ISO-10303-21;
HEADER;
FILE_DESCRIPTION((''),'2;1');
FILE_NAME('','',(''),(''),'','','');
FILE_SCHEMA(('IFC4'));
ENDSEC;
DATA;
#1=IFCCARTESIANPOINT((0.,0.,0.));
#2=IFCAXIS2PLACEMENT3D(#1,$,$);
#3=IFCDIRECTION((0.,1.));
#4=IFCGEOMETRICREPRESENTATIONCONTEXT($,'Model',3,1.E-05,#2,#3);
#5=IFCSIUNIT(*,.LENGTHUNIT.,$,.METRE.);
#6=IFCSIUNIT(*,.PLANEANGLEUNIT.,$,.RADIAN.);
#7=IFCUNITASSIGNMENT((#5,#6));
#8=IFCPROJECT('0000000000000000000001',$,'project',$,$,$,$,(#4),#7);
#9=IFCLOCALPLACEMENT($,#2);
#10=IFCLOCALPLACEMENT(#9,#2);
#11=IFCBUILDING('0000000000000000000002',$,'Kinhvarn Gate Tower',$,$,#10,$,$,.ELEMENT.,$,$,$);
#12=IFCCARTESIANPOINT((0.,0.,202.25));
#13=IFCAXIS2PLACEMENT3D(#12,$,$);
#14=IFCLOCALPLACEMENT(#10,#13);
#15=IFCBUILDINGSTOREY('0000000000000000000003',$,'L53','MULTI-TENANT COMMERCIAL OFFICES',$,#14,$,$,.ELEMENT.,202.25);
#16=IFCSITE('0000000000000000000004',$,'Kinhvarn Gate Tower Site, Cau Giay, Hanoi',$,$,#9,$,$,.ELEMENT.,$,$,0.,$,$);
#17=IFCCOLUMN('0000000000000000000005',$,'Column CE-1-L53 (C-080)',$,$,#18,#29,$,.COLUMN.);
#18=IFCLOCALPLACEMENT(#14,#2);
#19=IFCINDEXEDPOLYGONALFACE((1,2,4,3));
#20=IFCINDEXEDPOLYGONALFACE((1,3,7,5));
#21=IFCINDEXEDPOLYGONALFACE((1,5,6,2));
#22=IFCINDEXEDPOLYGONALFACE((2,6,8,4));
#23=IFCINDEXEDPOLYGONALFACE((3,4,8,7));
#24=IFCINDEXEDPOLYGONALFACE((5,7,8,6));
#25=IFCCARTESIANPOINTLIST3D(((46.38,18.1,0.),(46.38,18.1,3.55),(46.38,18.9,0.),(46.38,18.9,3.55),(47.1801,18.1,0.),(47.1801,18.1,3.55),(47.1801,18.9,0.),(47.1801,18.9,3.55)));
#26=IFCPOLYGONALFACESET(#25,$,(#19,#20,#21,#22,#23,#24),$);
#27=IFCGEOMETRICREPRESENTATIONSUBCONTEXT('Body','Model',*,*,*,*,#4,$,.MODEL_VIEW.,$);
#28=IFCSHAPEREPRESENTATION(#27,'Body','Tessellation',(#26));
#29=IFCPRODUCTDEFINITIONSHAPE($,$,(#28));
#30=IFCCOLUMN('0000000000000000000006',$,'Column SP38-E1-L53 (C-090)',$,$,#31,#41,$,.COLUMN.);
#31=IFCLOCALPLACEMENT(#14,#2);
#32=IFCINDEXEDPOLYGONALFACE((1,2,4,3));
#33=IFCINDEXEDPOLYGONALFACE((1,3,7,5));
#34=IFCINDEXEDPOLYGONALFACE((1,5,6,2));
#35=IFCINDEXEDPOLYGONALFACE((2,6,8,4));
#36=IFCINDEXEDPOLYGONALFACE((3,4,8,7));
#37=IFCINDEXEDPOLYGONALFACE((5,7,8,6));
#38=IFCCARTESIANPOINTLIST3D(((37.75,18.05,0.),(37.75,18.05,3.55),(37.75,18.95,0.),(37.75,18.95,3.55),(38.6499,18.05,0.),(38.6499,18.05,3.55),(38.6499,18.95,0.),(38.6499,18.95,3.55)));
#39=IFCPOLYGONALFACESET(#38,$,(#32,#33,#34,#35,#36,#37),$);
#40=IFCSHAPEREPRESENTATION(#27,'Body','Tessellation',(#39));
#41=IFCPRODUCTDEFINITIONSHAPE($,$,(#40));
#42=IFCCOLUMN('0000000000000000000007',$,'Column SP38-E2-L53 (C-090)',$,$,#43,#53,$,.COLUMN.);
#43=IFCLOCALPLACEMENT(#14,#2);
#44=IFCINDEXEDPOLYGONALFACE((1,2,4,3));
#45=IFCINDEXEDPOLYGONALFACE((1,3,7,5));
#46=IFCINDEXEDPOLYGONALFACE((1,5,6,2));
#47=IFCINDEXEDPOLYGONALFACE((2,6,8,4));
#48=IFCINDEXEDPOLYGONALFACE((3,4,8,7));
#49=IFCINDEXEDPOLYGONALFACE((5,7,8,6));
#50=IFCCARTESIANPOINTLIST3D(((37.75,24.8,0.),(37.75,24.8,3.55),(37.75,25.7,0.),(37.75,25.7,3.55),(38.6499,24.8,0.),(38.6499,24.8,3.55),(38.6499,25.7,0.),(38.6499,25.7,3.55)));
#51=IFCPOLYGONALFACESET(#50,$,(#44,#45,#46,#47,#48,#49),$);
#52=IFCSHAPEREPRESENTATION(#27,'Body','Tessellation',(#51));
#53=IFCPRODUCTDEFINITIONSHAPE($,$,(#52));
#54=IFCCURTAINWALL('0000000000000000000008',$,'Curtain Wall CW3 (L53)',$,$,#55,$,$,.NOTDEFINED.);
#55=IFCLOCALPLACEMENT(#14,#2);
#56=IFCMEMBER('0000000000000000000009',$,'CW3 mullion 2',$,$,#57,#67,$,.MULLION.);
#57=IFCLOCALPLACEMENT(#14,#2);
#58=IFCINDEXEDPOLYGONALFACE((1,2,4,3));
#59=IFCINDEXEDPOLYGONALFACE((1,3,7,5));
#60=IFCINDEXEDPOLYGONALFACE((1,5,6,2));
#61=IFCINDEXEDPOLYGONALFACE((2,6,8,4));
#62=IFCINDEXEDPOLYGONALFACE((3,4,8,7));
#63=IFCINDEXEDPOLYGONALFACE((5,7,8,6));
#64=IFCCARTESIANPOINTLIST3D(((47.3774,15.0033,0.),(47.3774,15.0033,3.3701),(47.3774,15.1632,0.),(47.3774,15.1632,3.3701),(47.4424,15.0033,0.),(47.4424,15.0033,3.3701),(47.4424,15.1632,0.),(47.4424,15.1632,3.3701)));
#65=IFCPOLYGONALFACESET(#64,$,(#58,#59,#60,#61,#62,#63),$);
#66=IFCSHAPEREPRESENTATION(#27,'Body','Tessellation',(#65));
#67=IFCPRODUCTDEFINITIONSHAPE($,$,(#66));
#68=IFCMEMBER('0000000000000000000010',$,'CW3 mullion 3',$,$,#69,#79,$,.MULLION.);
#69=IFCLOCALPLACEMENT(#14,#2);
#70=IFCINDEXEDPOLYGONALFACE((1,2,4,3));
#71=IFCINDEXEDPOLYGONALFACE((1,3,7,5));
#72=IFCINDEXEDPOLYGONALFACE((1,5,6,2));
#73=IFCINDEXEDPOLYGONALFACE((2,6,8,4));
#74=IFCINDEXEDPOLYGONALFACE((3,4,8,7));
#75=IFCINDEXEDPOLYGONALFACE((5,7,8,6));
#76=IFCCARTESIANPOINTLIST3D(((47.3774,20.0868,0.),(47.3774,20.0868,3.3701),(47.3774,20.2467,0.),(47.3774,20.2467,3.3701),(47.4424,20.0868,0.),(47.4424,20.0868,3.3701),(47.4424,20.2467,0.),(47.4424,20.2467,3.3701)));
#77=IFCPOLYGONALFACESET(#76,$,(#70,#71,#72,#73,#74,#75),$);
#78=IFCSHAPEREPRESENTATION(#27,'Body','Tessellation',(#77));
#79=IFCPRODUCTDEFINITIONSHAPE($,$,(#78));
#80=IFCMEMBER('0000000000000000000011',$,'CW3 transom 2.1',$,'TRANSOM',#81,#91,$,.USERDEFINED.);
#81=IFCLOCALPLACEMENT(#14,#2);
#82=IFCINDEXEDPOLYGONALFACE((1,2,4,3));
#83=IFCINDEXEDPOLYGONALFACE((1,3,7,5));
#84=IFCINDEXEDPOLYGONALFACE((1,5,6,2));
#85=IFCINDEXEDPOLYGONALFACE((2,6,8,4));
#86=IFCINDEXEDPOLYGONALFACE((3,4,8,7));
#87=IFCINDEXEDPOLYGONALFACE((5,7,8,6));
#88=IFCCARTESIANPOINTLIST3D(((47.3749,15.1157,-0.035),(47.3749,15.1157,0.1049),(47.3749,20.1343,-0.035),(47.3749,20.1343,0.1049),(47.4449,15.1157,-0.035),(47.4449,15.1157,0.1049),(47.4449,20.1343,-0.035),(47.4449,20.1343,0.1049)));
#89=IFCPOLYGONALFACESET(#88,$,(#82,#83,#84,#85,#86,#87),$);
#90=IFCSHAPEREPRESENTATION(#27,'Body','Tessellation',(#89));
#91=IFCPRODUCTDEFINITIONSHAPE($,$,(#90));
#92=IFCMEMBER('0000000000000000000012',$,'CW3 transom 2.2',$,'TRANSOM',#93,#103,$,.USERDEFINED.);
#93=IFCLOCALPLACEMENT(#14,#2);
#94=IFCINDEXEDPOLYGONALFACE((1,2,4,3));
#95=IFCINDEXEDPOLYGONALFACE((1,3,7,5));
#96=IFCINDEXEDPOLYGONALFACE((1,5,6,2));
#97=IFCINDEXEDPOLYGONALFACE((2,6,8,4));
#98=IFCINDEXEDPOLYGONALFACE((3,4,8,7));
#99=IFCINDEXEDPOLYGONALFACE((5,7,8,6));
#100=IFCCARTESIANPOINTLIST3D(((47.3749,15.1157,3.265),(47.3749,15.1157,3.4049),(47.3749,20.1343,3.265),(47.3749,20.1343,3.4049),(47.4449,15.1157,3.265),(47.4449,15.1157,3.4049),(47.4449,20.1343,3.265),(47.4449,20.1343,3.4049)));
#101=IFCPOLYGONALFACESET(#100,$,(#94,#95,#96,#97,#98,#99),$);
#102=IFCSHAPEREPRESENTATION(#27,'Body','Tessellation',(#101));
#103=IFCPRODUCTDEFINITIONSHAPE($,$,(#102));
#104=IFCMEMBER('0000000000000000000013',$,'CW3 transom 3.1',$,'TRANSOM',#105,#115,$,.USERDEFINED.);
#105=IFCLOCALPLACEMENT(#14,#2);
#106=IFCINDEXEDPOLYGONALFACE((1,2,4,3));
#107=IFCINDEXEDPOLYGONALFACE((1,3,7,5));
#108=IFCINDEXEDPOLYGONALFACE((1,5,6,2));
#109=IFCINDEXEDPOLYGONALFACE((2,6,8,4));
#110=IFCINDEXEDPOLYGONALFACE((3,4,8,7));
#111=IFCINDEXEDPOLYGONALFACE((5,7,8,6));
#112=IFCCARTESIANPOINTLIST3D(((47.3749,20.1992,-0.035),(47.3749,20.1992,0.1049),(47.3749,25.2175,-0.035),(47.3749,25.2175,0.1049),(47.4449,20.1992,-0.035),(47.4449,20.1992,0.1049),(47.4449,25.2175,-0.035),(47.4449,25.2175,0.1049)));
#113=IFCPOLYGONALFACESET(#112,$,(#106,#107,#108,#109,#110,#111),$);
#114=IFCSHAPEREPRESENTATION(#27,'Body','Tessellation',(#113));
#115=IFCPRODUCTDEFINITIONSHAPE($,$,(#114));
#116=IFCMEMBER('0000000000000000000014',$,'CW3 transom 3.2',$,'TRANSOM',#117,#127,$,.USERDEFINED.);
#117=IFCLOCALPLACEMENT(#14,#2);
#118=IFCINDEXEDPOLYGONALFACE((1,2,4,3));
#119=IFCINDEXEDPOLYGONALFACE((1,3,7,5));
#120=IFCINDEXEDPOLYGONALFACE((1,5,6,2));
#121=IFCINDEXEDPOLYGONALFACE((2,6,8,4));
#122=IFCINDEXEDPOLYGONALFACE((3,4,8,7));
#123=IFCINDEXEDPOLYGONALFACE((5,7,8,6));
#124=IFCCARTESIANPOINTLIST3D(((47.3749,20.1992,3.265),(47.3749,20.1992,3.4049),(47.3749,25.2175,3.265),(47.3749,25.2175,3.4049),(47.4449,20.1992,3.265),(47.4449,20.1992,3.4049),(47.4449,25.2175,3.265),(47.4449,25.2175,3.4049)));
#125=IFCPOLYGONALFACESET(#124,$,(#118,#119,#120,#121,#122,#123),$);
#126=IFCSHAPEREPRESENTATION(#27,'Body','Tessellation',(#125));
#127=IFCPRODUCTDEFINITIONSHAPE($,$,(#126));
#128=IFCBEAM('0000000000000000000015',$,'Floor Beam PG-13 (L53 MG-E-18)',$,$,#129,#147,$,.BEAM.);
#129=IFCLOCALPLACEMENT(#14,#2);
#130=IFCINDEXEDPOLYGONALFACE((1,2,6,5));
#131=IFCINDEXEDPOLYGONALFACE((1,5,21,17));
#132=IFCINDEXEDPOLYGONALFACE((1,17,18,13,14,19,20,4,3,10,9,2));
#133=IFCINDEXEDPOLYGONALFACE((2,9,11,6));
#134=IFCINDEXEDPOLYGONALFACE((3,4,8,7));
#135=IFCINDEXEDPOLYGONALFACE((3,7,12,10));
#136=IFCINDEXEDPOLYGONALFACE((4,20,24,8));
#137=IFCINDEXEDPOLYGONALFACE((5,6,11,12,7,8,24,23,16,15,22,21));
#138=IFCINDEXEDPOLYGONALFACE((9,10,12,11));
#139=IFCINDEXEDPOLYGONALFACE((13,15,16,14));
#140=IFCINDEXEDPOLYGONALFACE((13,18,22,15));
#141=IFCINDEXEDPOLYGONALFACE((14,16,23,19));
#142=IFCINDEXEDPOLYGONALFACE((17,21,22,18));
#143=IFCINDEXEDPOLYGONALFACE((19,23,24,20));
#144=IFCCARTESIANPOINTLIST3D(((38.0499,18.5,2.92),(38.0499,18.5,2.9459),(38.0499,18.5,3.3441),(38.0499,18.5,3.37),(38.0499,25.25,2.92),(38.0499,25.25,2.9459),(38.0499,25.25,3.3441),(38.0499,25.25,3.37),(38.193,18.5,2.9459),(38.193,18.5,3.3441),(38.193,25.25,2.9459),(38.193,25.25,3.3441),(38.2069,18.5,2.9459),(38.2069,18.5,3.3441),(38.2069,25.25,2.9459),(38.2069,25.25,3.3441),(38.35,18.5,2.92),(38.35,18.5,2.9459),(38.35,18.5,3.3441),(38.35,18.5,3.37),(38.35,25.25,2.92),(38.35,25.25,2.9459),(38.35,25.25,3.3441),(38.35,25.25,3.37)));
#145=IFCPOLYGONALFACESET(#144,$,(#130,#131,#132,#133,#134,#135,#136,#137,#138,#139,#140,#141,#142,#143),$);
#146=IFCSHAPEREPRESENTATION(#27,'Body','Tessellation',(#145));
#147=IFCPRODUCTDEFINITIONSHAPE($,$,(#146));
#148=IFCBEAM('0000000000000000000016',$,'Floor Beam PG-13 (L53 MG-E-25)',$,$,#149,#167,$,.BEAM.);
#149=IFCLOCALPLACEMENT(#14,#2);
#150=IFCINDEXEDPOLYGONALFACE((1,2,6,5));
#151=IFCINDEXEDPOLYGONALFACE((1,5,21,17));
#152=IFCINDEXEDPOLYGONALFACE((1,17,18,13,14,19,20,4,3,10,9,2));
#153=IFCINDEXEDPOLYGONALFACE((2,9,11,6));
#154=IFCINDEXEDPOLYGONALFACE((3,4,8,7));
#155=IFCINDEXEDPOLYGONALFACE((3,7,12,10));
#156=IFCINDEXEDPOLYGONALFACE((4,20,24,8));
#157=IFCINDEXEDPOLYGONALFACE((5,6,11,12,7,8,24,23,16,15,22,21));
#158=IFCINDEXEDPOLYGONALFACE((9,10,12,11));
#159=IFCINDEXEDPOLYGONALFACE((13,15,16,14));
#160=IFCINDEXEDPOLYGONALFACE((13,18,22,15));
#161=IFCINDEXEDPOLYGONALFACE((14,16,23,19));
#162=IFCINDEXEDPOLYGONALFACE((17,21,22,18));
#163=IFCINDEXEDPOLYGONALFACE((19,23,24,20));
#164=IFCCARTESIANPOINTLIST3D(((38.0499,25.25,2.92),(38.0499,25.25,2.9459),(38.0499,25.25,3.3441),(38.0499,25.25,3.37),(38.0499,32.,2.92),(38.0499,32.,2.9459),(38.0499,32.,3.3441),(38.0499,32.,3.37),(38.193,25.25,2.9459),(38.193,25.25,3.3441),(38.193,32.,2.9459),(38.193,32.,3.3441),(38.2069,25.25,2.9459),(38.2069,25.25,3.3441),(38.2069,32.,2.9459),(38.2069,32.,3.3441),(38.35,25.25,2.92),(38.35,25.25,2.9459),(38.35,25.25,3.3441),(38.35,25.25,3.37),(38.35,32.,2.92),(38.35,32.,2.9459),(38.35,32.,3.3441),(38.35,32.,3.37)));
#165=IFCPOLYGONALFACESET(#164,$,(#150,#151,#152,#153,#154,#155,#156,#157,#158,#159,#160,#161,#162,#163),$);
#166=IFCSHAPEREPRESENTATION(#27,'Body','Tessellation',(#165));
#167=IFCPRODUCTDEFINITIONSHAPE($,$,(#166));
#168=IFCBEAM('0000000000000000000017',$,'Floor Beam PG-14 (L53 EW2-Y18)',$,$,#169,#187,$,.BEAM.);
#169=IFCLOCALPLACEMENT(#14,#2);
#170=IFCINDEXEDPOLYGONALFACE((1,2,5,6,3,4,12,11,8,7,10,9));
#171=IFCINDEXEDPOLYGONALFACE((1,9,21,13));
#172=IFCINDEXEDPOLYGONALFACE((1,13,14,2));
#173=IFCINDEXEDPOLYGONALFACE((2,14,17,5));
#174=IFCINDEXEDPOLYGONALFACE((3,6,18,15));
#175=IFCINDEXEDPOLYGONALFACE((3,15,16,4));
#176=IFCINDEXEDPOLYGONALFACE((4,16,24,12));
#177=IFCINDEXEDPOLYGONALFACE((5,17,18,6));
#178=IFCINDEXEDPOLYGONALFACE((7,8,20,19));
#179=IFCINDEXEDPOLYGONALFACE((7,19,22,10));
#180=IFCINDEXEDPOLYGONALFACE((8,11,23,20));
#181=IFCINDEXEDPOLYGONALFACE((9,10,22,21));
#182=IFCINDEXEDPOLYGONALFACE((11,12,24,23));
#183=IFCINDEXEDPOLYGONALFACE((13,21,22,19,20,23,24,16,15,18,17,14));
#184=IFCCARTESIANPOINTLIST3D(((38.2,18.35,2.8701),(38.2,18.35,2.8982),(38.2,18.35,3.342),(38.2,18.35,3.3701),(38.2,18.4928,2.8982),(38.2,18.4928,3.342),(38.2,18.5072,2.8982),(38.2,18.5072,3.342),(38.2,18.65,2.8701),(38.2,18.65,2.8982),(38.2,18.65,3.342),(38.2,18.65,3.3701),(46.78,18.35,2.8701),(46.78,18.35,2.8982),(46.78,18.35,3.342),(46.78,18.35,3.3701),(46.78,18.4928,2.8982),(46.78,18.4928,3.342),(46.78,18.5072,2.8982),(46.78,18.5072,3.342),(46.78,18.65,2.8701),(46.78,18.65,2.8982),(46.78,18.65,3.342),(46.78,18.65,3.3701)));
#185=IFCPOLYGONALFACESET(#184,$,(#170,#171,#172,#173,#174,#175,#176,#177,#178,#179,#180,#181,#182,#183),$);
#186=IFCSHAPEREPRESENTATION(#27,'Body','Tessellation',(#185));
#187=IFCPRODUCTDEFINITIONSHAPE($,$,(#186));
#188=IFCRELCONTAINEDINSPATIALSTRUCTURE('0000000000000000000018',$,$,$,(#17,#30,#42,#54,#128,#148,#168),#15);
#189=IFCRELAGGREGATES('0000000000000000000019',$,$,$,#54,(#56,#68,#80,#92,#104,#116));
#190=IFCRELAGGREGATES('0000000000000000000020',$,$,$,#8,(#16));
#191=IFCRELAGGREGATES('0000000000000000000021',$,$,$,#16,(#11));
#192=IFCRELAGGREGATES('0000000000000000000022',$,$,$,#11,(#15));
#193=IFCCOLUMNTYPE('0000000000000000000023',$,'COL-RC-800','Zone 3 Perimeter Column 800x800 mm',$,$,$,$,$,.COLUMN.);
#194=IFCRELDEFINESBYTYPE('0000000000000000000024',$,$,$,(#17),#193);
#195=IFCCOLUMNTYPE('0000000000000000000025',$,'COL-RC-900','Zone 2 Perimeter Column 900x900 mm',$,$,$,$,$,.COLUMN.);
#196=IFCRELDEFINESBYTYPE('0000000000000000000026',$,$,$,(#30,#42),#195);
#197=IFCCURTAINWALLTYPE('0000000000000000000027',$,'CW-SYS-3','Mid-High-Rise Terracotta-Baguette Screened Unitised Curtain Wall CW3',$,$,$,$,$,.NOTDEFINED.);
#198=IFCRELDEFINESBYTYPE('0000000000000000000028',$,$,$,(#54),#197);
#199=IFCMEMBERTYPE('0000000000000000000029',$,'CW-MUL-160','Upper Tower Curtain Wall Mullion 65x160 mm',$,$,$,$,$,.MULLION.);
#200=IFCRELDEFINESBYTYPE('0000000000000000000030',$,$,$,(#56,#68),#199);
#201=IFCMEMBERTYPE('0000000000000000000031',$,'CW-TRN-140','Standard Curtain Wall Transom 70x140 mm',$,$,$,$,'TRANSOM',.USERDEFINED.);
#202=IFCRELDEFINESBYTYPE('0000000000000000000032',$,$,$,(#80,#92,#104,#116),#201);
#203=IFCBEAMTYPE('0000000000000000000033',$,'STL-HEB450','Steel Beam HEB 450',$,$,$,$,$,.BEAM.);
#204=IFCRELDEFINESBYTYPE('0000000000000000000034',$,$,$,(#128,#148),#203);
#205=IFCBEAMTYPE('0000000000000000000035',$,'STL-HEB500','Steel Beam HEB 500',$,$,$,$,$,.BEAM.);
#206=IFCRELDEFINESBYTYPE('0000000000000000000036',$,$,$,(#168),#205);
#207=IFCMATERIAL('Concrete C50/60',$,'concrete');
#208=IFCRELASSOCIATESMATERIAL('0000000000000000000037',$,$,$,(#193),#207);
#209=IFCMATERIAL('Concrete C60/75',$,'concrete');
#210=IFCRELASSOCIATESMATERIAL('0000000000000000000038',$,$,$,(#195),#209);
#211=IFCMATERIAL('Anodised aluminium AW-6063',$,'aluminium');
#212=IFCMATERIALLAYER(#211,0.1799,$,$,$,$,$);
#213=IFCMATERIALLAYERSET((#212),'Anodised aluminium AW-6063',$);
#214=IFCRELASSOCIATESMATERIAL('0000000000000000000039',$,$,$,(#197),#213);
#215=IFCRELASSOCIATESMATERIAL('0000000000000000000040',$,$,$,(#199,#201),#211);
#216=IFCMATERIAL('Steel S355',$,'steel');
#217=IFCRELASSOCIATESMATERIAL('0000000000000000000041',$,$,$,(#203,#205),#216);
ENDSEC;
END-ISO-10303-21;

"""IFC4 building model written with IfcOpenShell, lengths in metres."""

from ifc_helpers import new_model, si_unit, direction, frame, origin, origin_2d, place, context, subcontext, project, spatial, rectangle, i_section, extrude, material, layer, layer_set, material_profile, profile_set, type_object, element, aggregate, save


model = new_model("IFC4")

# Units and contexts
model_context = context("Model", 3, precision=1e-05, world=origin(), true_north=direction((0.0, 1.0)))
body_context = subcontext(model_context, "Body", "Model", "MODEL_VIEW")
ifc_project = project(units=[si_unit("LENGTHUNIT", "METRE"), si_unit("PLANEANGLEUNIT", "RADIAN")], contexts=[model_context])

# Site, building, storey
site_placement = place(None, origin())
site = spatial("IfcSite", under=ifc_project, at=site_placement, Name="Kinhvarn Gate Tower Site, Cau Giay, Hanoi", CompositionType="ELEMENT", RefElevation=0.0)
building_placement = place(site_placement, origin())
building = spatial("IfcBuilding", under=site, at=building_placement, Name="Kinhvarn Gate Tower", CompositionType="ELEMENT")
storey_placement = place(building_placement, frame((0.0, 0.0, 202.25)))
storey = spatial("IfcBuildingStorey", under=building, at=storey_placement, Name="L53", Description="MULTI-TENANT COMMERCIAL OFFICES", CompositionType="ELEMENT", Elevation=202.25)

# Columns
ifc_material_1 = material(Name="Concrete C50/60", Category="concrete")
ifc_material_profile_1 = material_profile(ifc_material_1, rectangle(XDim=0.8, YDim=0.8, at=origin_2d()), Name="RC 800x800")
ifc_profile_set_1 = profile_set([ifc_material_profile_1], Name="Concrete C50/60")
column_type_1 = type_object("IfcColumnType", Name="COL-RC-800", Description="Zone 3 Perimeter Column 800x800 mm", PredefinedType="COLUMN", material=ifc_profile_set_1)
column_placement = place(storey_placement, frame((46.78, 18.5, 0.0), z_axis=(0.0, 0.0, 1.0), x_axis=(1.0, 0.0, 0.0)))
element("IfcColumn", 1, at=column_placement, inside=storey, type_object=column_type_1, Name="Column CE-1-L53 (C-080)", PredefinedType="COLUMN", context=body_context, shape_type="SweptSolid", body=[
    extrude(rectangle(XDim=0.8, YDim=0.8, at=origin_2d()), origin(), (0.0, 0.0, 1.0), 3.55),
])
ifc_material_2 = material(Name="Concrete C60/75", Category="concrete")
ifc_material_profile_2 = material_profile(ifc_material_2, rectangle(XDim=0.8999, YDim=0.8999, at=origin_2d()), Name="RC 900x900")
ifc_profile_set_2 = profile_set([ifc_material_profile_2], Name="Concrete C60/75")
column_type_2 = type_object("IfcColumnType", Name="COL-RC-900", Description="Zone 2 Perimeter Column 900x900 mm", PredefinedType="COLUMN", material=ifc_profile_set_2)
for number, where, z_axis, x_axis, name in (
    (2, (38.2, 18.5, 0.0), (0.0, 0.0, 1.0), (1.0, 0.0, 0.0), "Column SP38-E1-L53 (C-090)"),
    (3, (38.2, 25.25, 0.0), (0.0, 0.0, 1.0), (1.0, 0.0, 0.0), "Column SP38-E2-L53 (C-090)"),
):
    element("IfcColumn", number, at=place(storey_placement, frame(where, z_axis=z_axis, x_axis=x_axis)), inside=storey, type_object=column_type_2, Name=name, PredefinedType="COLUMN", context=body_context, shape_type="SweptSolid", body=[
        extrude(rectangle(XDim=0.8999, YDim=0.8999, at=origin_2d()), origin(), (0.0, 0.0, 1.0), 3.55),
    ])

# Curtain wall, members
ifc_material_3 = material(Name="Anodised aluminium AW-6063", Category="aluminium")
ifc_layer_1 = layer(ifc_material_3, 0.1799)
ifc_layer_set_1 = layer_set([ifc_layer_1], Name="Anodised aluminium AW-6063")
curtain_wall_type = type_object("IfcCurtainWallType", Name="CW-SYS-3", Description="Mid-High-Rise Terracotta-Baguette Screened Unitised Curtain Wall CW3", PredefinedType="NOTDEFINED", material=ifc_layer_set_1)
curtain_wall_placement = place(storey_placement, origin())
curtain_wall = element("IfcCurtainWall", 4, at=curtain_wall_placement, inside=storey, type_object=curtain_wall_type, Name="Curtain Wall CW3 (L53)", PredefinedType="NOTDEFINED")
ifc_material_profile_3 = material_profile(ifc_material_3, rectangle(XDim=0.0649, YDim=0.1599, at=origin_2d()), Name="ALU 65x160")
ifc_profile_set_3 = profile_set([ifc_material_profile_3], Name="Anodised aluminium AW-6063")
member_type_1 = type_object("IfcMemberType", Name="CW-MUL-160", Description="Upper Tower Curtain Wall Mullion 65x160 mm", PredefinedType="MULLION", material=ifc_profile_set_3)
member_1_placement = place(storey_placement, frame((47.4099, 15.0833, 0.0), z_axis=(0.0, 0.0, 1.0), x_axis=(-1.0, 0.0, 0.0)))
member_1 = element("IfcMember", 5, at=member_1_placement, type_object=member_type_1, Name="CW3 mullion 2", PredefinedType="MULLION", context=body_context, shape_type="SweptSolid", body=[
    extrude(rectangle(XDim=0.0649, YDim=0.1599, at=origin_2d()), origin(), (0.0, 0.0, 1.0), 3.3701),
])
member_2_placement = place(storey_placement, frame((47.4099, 20.1667, 0.0), z_axis=(0.0, 0.0, 1.0), x_axis=(-1.0, 0.0, 0.0)))
member_2 = element("IfcMember", 6, at=member_2_placement, type_object=member_type_1, Name="CW3 mullion 3", PredefinedType="MULLION", context=body_context, shape_type="SweptSolid", body=[
    extrude(rectangle(XDim=0.0649, YDim=0.1599, at=origin_2d()), origin(), (0.0, 0.0, 1.0), 3.3701),
])
ifc_material_profile_4 = material_profile(ifc_material_3, rectangle(XDim=0.0701, YDim=0.1399, at=origin_2d()), Name="ALU 70x140")
ifc_profile_set_4 = profile_set([ifc_material_profile_4], Name="Anodised aluminium AW-6063")
member_type_2 = type_object("IfcMemberType", Name="CW-TRN-140", Description="Standard Curtain Wall Transom 70x140 mm", ElementType="TRANSOM", PredefinedType="USERDEFINED", material=ifc_profile_set_4)
member_3_placement = place(storey_placement, frame((47.4099, 15.1157, 0.0349), z_axis=(0.0, 1.0, 0.0), x_axis=(-1.0, 0.0, 0.0)))
member_3 = element("IfcMember", 7, at=member_3_placement, type_object=member_type_2, Name="CW3 transom 2.1", ObjectType="TRANSOM", PredefinedType="USERDEFINED", context=body_context, shape_type="SweptSolid", body=[
    extrude(rectangle(XDim=0.0701, YDim=0.1399, at=origin_2d()), origin(), (0.0, 0.0, 1.0), 5.0186),
])
member_4_placement = place(storey_placement, frame((47.4099, 15.1157, 3.335), z_axis=(0.0, 1.0, 0.0), x_axis=(-1.0, 0.0, 0.0)))
member_4 = element("IfcMember", 8, at=member_4_placement, type_object=member_type_2, Name="CW3 transom 2.2", ObjectType="TRANSOM", PredefinedType="USERDEFINED", context=body_context, shape_type="SweptSolid", body=[
    extrude(rectangle(XDim=0.0701, YDim=0.1399, at=origin_2d()), origin(), (0.0, 0.0, 1.0), 5.0186),
])
member_5_placement = place(storey_placement, frame((47.4099, 20.1992, 0.0349), z_axis=(0.0, 1.0, 0.0), x_axis=(-1.0, 0.0, 0.0)))
member_5 = element("IfcMember", 9, at=member_5_placement, type_object=member_type_2, Name="CW3 transom 3.1", ObjectType="TRANSOM", PredefinedType="USERDEFINED", context=body_context, shape_type="SweptSolid", body=[
    extrude(rectangle(XDim=0.0701, YDim=0.1399, at=origin_2d()), origin(), (0.0, 0.0, 1.0), 5.0183),
])
member_6_placement = place(storey_placement, frame((47.4099, 20.1992, 3.335), z_axis=(0.0, 1.0, 0.0), x_axis=(-1.0, 0.0, 0.0)))
member_6 = element("IfcMember", 10, at=member_6_placement, type_object=member_type_2, Name="CW3 transom 3.2", ObjectType="TRANSOM", PredefinedType="USERDEFINED", context=body_context, shape_type="SweptSolid", body=[
    extrude(rectangle(XDim=0.0701, YDim=0.1399, at=origin_2d()), origin(), (0.0, 0.0, 1.0), 5.0183),
])

# Beams
ifc_material_4 = material(Name="Steel S355", Category="steel")
ifc_material_profile_5 = material_profile(ifc_material_4, i_section(OverallWidth=0.3, OverallDepth=0.45, WebThickness=0.0139, FlangeThickness=0.0259, at=origin_2d()), Name="HEB 450")
ifc_profile_set_5 = profile_set([ifc_material_profile_5], Name="Steel S355")
beam_type_1 = type_object("IfcBeamType", Name="STL-HEB450", Description="Steel Beam HEB 450", PredefinedType="BEAM", material=ifc_profile_set_5)
for number, where, z_axis, x_axis, name in (
    (11, (38.2, 18.5, 3.145), (0.0, 1.0, 0.0), (-1.0, 0.0, 0.0), "Floor Beam PG-13 (L53 MG-E-18)"),
    (12, (38.2, 25.25, 3.145), (0.0, 1.0, 0.0), (-1.0, 0.0, 0.0), "Floor Beam PG-13 (L53 MG-E-25)"),
):
    element("IfcBeam", number, at=place(storey_placement, frame(where, z_axis=z_axis, x_axis=x_axis)), inside=storey, type_object=beam_type_1, Name=name, PredefinedType="BEAM", context=body_context, shape_type="SweptSolid", body=[
        extrude(i_section(OverallWidth=0.3, OverallDepth=0.45, WebThickness=0.0139, FlangeThickness=0.0259, at=origin_2d()), origin(), (0.0, 0.0, 1.0), 6.75),
    ])
ifc_material_profile_6 = material_profile(ifc_material_4, i_section(OverallWidth=0.3, OverallDepth=0.5, WebThickness=0.0144, FlangeThickness=0.0281, at=origin_2d()), Name="HEB 500")
ifc_profile_set_6 = profile_set([ifc_material_profile_6], Name="Steel S355")
beam_type_2 = type_object("IfcBeamType", Name="STL-HEB500", Description="Steel Beam HEB 500", PredefinedType="BEAM", material=ifc_profile_set_6)
for number, where, z_axis, x_axis, name in (
    (13, (38.2, 18.5, 3.1201), (1.0, 0.0, 0.0), (0.0, 1.0, 0.0), "Floor Beam PG-14 (L53 EW2-Y18)"),
):
    element("IfcBeam", number, at=place(storey_placement, frame(where, z_axis=z_axis, x_axis=x_axis)), inside=storey, type_object=beam_type_2, Name=name, PredefinedType="BEAM", context=body_context, shape_type="SweptSolid", body=[
        extrude(i_section(OverallWidth=0.3, OverallDepth=0.5, WebThickness=0.0144, FlangeThickness=0.0281, at=origin_2d()), origin(), (0.0, 0.0, 1.0), 8.5801),
    ])

aggregate(curtain_wall, [member_1, member_2, member_3, member_4, member_5, member_6])

save(model, "model.ifc")
